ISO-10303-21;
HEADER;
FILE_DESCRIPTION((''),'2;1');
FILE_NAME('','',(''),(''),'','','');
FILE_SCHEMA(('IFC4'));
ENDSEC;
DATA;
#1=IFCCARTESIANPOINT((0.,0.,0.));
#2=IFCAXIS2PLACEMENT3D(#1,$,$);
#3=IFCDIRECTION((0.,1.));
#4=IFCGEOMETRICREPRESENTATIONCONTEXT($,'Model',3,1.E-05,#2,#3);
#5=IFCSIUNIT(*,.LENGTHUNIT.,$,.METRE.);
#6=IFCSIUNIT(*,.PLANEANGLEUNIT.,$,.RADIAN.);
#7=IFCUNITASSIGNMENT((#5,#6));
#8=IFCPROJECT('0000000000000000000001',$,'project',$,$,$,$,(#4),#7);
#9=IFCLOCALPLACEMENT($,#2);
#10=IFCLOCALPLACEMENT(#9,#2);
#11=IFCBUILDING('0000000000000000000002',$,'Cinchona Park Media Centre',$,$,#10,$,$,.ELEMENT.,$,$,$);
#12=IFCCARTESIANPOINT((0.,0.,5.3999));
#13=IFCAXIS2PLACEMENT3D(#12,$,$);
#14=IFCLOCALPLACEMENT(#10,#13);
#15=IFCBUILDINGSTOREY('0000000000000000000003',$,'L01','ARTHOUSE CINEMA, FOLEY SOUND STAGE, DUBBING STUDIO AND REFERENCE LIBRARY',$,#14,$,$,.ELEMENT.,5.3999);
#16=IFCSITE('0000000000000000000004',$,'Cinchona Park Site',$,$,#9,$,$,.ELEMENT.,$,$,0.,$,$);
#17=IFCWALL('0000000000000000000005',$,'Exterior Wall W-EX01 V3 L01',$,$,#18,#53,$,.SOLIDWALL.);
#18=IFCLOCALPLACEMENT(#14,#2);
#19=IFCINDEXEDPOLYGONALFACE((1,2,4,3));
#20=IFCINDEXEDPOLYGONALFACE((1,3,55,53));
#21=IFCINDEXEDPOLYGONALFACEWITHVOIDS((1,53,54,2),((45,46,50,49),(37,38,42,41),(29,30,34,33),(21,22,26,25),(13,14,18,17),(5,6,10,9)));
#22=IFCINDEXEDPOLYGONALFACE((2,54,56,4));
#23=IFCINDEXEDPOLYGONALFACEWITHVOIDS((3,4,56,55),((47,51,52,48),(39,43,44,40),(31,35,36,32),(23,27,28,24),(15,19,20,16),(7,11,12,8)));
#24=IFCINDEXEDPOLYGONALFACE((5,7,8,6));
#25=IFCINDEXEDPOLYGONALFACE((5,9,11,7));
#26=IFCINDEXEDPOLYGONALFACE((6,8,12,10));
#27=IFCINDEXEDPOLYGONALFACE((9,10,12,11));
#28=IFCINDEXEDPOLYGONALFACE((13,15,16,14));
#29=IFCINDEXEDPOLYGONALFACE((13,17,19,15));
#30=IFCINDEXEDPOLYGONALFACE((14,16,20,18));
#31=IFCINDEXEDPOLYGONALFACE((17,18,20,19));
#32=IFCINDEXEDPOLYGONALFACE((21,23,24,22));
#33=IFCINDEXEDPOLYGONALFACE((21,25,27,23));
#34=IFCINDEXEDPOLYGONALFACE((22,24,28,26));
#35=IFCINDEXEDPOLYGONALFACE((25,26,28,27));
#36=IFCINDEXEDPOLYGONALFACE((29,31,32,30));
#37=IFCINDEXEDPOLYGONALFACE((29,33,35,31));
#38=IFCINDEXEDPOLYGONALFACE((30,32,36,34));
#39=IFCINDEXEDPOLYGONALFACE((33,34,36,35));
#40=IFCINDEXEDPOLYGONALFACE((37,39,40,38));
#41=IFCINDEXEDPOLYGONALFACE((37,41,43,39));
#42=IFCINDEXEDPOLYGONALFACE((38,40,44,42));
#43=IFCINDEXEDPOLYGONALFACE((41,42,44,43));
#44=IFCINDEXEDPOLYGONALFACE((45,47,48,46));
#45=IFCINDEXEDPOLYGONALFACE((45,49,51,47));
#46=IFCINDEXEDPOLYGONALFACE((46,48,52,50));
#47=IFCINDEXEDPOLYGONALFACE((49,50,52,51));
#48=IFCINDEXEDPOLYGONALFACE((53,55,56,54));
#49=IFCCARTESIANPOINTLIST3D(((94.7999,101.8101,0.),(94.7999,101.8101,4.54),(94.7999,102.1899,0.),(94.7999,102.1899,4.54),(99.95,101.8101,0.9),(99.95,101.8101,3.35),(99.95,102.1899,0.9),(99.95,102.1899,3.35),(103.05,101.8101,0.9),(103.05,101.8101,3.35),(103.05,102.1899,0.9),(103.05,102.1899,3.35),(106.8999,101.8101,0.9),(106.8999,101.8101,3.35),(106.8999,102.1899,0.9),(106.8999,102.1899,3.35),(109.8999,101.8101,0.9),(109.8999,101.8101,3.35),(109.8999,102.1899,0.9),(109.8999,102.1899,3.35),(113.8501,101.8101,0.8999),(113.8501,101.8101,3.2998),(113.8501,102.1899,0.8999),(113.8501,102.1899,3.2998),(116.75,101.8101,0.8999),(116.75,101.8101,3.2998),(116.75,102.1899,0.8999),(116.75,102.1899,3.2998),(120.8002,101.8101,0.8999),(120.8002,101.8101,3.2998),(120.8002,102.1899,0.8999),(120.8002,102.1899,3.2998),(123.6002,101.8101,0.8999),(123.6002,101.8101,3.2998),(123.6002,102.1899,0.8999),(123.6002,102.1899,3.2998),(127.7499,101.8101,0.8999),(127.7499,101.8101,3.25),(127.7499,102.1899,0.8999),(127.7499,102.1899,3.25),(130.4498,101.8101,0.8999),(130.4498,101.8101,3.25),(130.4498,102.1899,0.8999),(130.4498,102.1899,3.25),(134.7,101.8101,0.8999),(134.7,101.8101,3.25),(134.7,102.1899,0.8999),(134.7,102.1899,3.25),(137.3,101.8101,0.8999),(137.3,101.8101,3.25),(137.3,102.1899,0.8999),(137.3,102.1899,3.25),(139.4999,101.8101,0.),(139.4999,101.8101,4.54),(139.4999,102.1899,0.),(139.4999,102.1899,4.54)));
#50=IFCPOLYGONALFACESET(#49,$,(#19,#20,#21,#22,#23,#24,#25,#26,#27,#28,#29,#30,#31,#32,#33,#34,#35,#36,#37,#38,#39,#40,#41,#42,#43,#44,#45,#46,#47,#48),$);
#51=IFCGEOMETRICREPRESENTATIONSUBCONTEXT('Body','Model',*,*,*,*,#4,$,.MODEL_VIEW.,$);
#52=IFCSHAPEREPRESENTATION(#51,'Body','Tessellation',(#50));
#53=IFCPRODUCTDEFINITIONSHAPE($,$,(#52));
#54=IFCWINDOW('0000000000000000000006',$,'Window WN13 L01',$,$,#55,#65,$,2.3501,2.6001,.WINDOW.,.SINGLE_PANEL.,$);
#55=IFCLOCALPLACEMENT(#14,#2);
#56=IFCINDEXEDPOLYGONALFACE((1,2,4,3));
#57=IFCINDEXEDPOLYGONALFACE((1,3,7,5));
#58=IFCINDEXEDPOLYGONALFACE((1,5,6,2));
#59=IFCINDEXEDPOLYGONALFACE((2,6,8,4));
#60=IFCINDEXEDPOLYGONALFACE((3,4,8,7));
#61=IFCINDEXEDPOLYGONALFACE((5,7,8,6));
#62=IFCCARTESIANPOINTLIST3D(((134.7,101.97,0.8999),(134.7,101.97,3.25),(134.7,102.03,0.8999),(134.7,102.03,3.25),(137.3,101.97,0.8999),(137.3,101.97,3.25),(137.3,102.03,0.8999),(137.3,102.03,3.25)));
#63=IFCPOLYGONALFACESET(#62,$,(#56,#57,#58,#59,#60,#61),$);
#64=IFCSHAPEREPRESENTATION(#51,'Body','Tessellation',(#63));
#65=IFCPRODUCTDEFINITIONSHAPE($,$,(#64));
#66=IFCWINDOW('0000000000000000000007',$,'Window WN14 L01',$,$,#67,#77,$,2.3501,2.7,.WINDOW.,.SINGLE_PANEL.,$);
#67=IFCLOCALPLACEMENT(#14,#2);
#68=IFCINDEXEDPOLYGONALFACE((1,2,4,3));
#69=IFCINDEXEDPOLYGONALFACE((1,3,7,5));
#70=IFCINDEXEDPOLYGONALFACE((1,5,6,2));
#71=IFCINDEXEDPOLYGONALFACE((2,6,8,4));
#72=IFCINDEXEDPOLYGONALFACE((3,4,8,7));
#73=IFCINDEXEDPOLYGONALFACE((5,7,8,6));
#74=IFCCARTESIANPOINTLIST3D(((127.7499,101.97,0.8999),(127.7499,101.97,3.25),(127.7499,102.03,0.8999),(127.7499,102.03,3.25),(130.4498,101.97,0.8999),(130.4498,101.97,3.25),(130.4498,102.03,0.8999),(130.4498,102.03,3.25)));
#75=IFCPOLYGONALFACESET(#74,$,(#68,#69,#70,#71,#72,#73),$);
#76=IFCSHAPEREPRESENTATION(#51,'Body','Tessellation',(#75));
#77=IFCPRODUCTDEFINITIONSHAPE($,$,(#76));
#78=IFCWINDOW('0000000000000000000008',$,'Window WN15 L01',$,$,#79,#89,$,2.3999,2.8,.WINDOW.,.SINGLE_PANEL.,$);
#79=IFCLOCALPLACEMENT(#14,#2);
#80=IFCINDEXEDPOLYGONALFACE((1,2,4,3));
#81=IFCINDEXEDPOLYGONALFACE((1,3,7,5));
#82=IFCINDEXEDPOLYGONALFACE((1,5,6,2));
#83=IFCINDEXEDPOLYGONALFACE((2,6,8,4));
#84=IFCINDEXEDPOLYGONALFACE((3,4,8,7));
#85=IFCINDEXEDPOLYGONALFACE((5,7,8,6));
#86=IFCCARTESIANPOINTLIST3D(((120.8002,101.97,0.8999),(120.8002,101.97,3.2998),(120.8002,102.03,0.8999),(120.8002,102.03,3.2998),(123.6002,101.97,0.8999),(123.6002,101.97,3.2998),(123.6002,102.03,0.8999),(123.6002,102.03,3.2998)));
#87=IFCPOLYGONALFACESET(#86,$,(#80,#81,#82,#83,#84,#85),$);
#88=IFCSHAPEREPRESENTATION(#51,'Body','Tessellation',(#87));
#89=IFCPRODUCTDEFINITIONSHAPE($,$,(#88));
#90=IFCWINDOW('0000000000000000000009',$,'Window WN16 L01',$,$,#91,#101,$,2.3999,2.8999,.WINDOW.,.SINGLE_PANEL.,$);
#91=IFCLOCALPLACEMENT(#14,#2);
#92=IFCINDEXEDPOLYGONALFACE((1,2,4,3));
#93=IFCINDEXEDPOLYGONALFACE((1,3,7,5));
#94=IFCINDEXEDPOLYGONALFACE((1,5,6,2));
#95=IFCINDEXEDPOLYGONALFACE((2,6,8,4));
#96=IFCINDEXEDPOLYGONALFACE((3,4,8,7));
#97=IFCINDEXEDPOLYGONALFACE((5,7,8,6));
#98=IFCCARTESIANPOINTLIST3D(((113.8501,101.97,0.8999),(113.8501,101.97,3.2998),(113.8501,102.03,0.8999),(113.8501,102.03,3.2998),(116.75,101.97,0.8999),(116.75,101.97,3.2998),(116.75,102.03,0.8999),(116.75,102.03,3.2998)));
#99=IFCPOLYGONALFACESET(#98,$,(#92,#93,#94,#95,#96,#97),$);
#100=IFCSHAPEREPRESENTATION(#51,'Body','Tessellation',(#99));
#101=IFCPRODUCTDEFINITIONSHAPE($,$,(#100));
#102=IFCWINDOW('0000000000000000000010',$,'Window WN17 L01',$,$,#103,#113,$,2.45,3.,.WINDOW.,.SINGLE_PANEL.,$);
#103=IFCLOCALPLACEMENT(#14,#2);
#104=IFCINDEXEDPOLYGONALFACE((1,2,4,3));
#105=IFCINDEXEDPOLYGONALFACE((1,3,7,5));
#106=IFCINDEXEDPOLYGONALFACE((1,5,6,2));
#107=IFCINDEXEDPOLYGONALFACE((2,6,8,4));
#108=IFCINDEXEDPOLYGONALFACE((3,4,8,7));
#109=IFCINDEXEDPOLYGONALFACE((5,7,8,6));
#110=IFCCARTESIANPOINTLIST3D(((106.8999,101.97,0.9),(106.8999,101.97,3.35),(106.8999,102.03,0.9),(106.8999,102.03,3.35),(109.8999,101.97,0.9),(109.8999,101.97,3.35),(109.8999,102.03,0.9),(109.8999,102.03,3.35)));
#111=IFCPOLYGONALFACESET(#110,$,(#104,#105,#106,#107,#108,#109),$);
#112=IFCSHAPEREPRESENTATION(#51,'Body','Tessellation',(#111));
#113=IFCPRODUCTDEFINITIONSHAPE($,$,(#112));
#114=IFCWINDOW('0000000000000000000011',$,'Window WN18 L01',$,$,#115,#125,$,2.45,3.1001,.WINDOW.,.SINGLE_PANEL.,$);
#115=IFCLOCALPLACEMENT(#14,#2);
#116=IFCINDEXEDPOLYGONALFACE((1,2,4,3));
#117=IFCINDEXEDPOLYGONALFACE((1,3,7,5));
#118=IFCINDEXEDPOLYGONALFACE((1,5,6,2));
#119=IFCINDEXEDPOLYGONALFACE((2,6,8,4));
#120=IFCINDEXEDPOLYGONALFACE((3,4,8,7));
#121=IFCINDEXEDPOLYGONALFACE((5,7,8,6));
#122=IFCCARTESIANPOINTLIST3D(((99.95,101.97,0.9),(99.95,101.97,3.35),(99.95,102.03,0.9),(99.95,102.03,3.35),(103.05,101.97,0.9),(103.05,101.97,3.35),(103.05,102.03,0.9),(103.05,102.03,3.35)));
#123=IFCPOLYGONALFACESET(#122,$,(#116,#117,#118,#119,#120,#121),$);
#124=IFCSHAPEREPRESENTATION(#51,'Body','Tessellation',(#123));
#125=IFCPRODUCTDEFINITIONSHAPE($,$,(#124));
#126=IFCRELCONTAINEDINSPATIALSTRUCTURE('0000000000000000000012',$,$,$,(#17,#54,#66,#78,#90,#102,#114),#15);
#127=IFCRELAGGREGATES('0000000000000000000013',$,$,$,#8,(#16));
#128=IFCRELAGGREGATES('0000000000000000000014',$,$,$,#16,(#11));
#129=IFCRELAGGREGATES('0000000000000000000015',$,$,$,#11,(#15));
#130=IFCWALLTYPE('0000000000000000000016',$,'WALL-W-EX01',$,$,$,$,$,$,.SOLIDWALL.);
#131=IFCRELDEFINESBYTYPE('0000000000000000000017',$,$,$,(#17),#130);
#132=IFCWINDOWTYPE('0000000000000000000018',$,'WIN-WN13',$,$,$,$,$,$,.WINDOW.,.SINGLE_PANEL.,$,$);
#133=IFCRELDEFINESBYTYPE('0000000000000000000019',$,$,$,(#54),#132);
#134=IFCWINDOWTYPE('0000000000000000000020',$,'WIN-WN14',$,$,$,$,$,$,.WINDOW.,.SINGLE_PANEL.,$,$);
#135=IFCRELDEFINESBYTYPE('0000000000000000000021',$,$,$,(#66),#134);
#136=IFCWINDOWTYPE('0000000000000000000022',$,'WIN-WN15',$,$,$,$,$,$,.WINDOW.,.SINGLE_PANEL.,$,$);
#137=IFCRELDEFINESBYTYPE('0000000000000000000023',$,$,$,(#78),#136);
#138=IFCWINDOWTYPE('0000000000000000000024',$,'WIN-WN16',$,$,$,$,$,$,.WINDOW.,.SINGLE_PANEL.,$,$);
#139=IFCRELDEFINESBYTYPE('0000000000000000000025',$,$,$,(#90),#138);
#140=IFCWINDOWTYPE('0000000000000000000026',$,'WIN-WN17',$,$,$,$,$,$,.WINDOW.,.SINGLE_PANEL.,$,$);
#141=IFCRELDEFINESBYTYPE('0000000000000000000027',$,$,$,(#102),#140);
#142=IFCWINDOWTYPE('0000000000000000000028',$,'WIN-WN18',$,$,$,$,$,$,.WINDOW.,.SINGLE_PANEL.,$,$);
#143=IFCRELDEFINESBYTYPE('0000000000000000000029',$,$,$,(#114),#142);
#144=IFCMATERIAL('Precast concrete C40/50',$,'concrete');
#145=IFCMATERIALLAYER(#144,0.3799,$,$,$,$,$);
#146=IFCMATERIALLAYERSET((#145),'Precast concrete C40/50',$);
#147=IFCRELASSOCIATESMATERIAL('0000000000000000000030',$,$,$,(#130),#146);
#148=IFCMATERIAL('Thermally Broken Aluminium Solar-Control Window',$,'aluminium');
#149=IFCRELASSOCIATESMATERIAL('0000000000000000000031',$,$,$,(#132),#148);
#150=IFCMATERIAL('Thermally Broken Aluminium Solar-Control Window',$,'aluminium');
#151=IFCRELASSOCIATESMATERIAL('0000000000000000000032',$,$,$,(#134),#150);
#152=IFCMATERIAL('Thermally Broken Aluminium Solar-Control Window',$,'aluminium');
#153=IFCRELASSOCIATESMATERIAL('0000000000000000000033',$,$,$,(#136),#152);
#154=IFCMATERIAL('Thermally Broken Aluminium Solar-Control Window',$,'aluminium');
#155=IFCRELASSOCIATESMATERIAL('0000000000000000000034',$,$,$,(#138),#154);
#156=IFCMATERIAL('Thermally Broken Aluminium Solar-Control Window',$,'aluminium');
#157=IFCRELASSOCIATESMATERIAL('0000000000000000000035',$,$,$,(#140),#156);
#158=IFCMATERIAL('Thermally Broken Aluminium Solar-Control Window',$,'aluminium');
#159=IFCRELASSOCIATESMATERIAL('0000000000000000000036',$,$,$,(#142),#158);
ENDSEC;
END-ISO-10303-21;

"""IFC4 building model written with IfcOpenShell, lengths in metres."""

from ifc_helpers import new_model, si_unit, direction, frame, frame_2d, origin, place, context, subcontext, project, spatial, rectangle, extrude, material, layer, layer_set, type_object, element, fill, save


model = new_model("IFC4")

# Units and contexts
model_context = context("Model", 3, precision=1e-05, world=origin(), true_north=direction((0.0, 1.0)))
body_context = subcontext(model_context, "Body", "Model", "MODEL_VIEW")
ifc_project = project(units=[si_unit("LENGTHUNIT", "METRE"), si_unit("PLANEANGLEUNIT", "RADIAN")], contexts=[model_context])

# Site, building, storey
site_placement = place(None, origin())
site = spatial("IfcSite", under=ifc_project, at=site_placement, Name="Cinchona Park Site", CompositionType="ELEMENT", RefElevation=0.0)
building_placement = place(site_placement, origin())
building = spatial("IfcBuilding", under=site, at=building_placement, Name="Cinchona Park Media Centre", CompositionType="ELEMENT")
storey_placement = place(building_placement, frame((0.0, 0.0, 5.3999)))
storey = spatial("IfcBuildingStorey", under=building, at=storey_placement, Name="L01", Description="ARTHOUSE CINEMA, FOLEY SOUND STAGE, DUBBING STUDIO AND REFERENCE LIBRARY", CompositionType="ELEMENT", Elevation=5.3999)

# Wall, openings, windows
ifc_material_1 = material(Name="Precast concrete C40/50", Category="concrete")
ifc_layer_1 = layer(ifc_material_1, 0.3799)
ifc_layer_set_1 = layer_set([ifc_layer_1], Name="Precast concrete C40/50")
wall_type_1 = type_object("IfcWallType", Name="WALL-W-EX01", PredefinedType="SOLIDWALL", material=ifc_layer_set_1)
wall_1_placement = place(storey_placement, frame((139.5, 102.0, 0.0), z_axis=(0.0, 0.0, 1.0), x_axis=(-1.0, 0.0, 0.0)))
wall_1 = element("IfcWall", 1, at=wall_1_placement, inside=storey, type_object=wall_type_1, Name="Exterior Wall W-EX01 V3 L01", PredefinedType="SOLIDWALL", context=body_context, shape_type="SweptSolid", body=[
    extrude(rectangle(XDim=44.7, YDim=0.3799, at=frame_2d((22.3501, 0.0))), origin(), (0.0, 0.0, 1.0), 4.54),
])
opening_1_placement = place(wall_1_placement, frame((2.2, 0.0, 0.8999)))
opening_1 = element("IfcOpeningElement", 2, at=opening_1_placement, cuts=wall_1, PredefinedType="OPENING", context=body_context, shape_type="SweptSolid", body=[
    extrude(rectangle(XDim=2.6001, YDim=2.3501, at=frame_2d((1.3, 1.175))), frame((0.0, 0.2, 0.0), z_axis=(0.0, -1.0, 0.0), x_axis=(1.0, 0.0, 0.0)), (0.0, 0.0, 1.0), 0.3999),
])
opening_2_placement = place(wall_1_placement, frame((9.05, 0.0, 0.8999)))
opening_2 = element("IfcOpeningElement", 3, at=opening_2_placement, cuts=wall_1, PredefinedType="OPENING", context=body_context, shape_type="SweptSolid", body=[
    extrude(rectangle(XDim=2.7, YDim=2.3501, at=frame_2d((1.3501, 1.175))), frame((0.0, 0.2, 0.0), z_axis=(0.0, -1.0, 0.0), x_axis=(1.0, 0.0, 0.0)), (0.0, 0.0, 1.0), 0.3999),
])
opening_3_placement = place(wall_1_placement, frame((15.8999, 0.0, 0.8999)))
opening_3 = element("IfcOpeningElement", 4, at=opening_3_placement, cuts=wall_1, PredefinedType="OPENING", context=body_context, shape_type="SweptSolid", body=[
    extrude(rectangle(XDim=2.8, YDim=2.3999, at=frame_2d((1.3999, 1.2))), frame((0.0, 0.2, 0.0), z_axis=(0.0, -1.0, 0.0), x_axis=(1.0, 0.0, 0.0)), (0.0, 0.0, 1.0), 0.3999),
])
opening_4_placement = place(wall_1_placement, frame((22.75, 0.0, 0.8999)))
opening_4 = element("IfcOpeningElement", 5, at=opening_4_placement, cuts=wall_1, PredefinedType="OPENING", context=body_context, shape_type="SweptSolid", body=[
    extrude(rectangle(XDim=2.8999, YDim=2.3999, at=frame_2d((1.45, 1.2))), frame((0.0, 0.2, 0.0), z_axis=(0.0, -1.0, 0.0), x_axis=(1.0, 0.0, 0.0)), (0.0, 0.0, 1.0), 0.3999),
])
opening_5_placement = place(wall_1_placement, frame((29.6001, 0.0, 0.8999)))
opening_5 = element("IfcOpeningElement", 6, at=opening_5_placement, cuts=wall_1, PredefinedType="OPENING", context=body_context, shape_type="SweptSolid", body=[
    extrude(rectangle(XDim=3.0, YDim=2.45, at=frame_2d((1.5, 1.2251))), frame((0.0, 0.2, 0.0), z_axis=(0.0, -1.0, 0.0), x_axis=(1.0, 0.0, 0.0)), (0.0, 0.0, 1.0), 0.3999),
])
opening_6_placement = place(wall_1_placement, frame((36.45, 0.0, 0.8999)))
opening_6 = element("IfcOpeningElement", 7, at=opening_6_placement, cuts=wall_1, PredefinedType="OPENING", context=body_context, shape_type="SweptSolid", body=[
    extrude(rectangle(XDim=3.1001, YDim=2.45, at=frame_2d((1.55, 1.2251))), frame((0.0, 0.2, 0.0), z_axis=(0.0, -1.0, 0.0), x_axis=(1.0, 0.0, 0.0)), (0.0, 0.0, 1.0), 0.3999),
])
ifc_material_2 = material(Name="Thermally Broken Aluminium Solar-Control Window", Category="aluminium")
window_type_1 = type_object("IfcWindowType", Name="WIN-WN13", PartitioningType="SINGLE_PANEL", PredefinedType="WINDOW", material=ifc_material_2)
window_1_placement = place(opening_1_placement, origin())
window_1 = element("IfcWindow", 8, at=window_1_placement, inside=storey, type_object=window_type_1, Name="Window WN13 L01", OverallHeight=2.3501, OverallWidth=2.6001, PartitioningType="SINGLE_PANEL", PredefinedType="WINDOW", context=body_context, shape_type="SweptSolid", body=[
    extrude(rectangle(XDim=2.6001, YDim=2.3501, at=frame_2d((1.3, 1.175))), frame((0.0, 0.03, 0.0), z_axis=(0.0, -1.0, 0.0), x_axis=(1.0, 0.0, 0.0)), (0.0, 0.0, 1.0), 0.0601),
])
fill(opening_1, window_1)
ifc_material_3 = material(Name="Thermally Broken Aluminium Solar-Control Window", Category="aluminium")
window_type_2 = type_object("IfcWindowType", Name="WIN-WN14", PartitioningType="SINGLE_PANEL", PredefinedType="WINDOW", material=ifc_material_3)
window_2_placement = place(opening_2_placement, origin())
window_2 = element("IfcWindow", 9, at=window_2_placement, inside=storey, type_object=window_type_2, Name="Window WN14 L01", OverallHeight=2.3501, OverallWidth=2.7, PartitioningType="SINGLE_PANEL", PredefinedType="WINDOW", context=body_context, shape_type="SweptSolid", body=[
    extrude(rectangle(XDim=2.7, YDim=2.3501, at=frame_2d((1.3501, 1.175))), frame((0.0, 0.03, 0.0), z_axis=(0.0, -1.0, 0.0), x_axis=(1.0, 0.0, 0.0)), (0.0, 0.0, 1.0), 0.0601),
])
fill(opening_2, window_2)
ifc_material_4 = material(Name="Thermally Broken Aluminium Solar-Control Window", Category="aluminium")
window_type_3 = type_object("IfcWindowType", Name="WIN-WN15", PartitioningType="SINGLE_PANEL", PredefinedType="WINDOW", material=ifc_material_4)
window_3_placement = place(opening_3_placement, origin())
window_3 = element("IfcWindow", 10, at=window_3_placement, inside=storey, type_object=window_type_3, Name="Window WN15 L01", OverallHeight=2.3999, OverallWidth=2.8, PartitioningType="SINGLE_PANEL", PredefinedType="WINDOW", context=body_context, shape_type="SweptSolid", body=[
    extrude(rectangle(XDim=2.8, YDim=2.3999, at=frame_2d((1.3999, 1.2))), frame((0.0, 0.03, 0.0), z_axis=(0.0, -1.0, 0.0), x_axis=(1.0, 0.0, 0.0)), (0.0, 0.0, 1.0), 0.0601),
])
fill(opening_3, window_3)
ifc_material_5 = material(Name="Thermally Broken Aluminium Solar-Control Window", Category="aluminium")
window_type_4 = type_object("IfcWindowType", Name="WIN-WN16", PartitioningType="SINGLE_PANEL", PredefinedType="WINDOW", material=ifc_material_5)
window_4_placement = place(opening_4_placement, origin())
window_4 = element("IfcWindow", 11, at=window_4_placement, inside=storey, type_object=window_type_4, Name="Window WN16 L01", OverallHeight=2.3999, OverallWidth=2.8999, PartitioningType="SINGLE_PANEL", PredefinedType="WINDOW", context=body_context, shape_type="SweptSolid", body=[
    extrude(rectangle(XDim=2.8999, YDim=2.3999, at=frame_2d((1.45, 1.2))), frame((0.0, 0.03, 0.0), z_axis=(0.0, -1.0, 0.0), x_axis=(1.0, 0.0, 0.0)), (0.0, 0.0, 1.0), 0.0601),
])
fill(opening_4, window_4)
ifc_material_6 = material(Name="Thermally Broken Aluminium Solar-Control Window", Category="aluminium")
window_type_5 = type_object("IfcWindowType", Name="WIN-WN17", PartitioningType="SINGLE_PANEL", PredefinedType="WINDOW", material=ifc_material_6)
window_5_placement = place(opening_5_placement, origin())
window_5 = element("IfcWindow", 12, at=window_5_placement, inside=storey, type_object=window_type_5, Name="Window WN17 L01", OverallHeight=2.45, OverallWidth=3.0, PartitioningType="SINGLE_PANEL", PredefinedType="WINDOW", context=body_context, shape_type="SweptSolid", body=[
    extrude(rectangle(XDim=3.0, YDim=2.45, at=frame_2d((1.5, 1.2251))), frame((0.0, 0.03, 0.0), z_axis=(0.0, -1.0, 0.0), x_axis=(1.0, 0.0, 0.0)), (0.0, 0.0, 1.0), 0.0601),
])
fill(opening_5, window_5)
ifc_material_7 = material(Name="Thermally Broken Aluminium Solar-Control Window", Category="aluminium")
window_type_6 = type_object("IfcWindowType", Name="WIN-WN18", PartitioningType="SINGLE_PANEL", PredefinedType="WINDOW", material=ifc_material_7)
window_6_placement = place(opening_6_placement, origin())
window_6 = element("IfcWindow", 13, at=window_6_placement, inside=storey, type_object=window_type_6, Name="Window WN18 L01", OverallHeight=2.45, OverallWidth=3.1001, PartitioningType="SINGLE_PANEL", PredefinedType="WINDOW", context=body_context, shape_type="SweptSolid", body=[
    extrude(rectangle(XDim=3.1001, YDim=2.45, at=frame_2d((1.55, 1.2251))), frame((0.0, 0.03, 0.0), z_axis=(0.0, -1.0, 0.0), x_axis=(1.0, 0.0, 0.0)), (0.0, 0.0, 1.0), 0.0601),
])
fill(opening_6, window_6)

save(model, "model.ifc")
